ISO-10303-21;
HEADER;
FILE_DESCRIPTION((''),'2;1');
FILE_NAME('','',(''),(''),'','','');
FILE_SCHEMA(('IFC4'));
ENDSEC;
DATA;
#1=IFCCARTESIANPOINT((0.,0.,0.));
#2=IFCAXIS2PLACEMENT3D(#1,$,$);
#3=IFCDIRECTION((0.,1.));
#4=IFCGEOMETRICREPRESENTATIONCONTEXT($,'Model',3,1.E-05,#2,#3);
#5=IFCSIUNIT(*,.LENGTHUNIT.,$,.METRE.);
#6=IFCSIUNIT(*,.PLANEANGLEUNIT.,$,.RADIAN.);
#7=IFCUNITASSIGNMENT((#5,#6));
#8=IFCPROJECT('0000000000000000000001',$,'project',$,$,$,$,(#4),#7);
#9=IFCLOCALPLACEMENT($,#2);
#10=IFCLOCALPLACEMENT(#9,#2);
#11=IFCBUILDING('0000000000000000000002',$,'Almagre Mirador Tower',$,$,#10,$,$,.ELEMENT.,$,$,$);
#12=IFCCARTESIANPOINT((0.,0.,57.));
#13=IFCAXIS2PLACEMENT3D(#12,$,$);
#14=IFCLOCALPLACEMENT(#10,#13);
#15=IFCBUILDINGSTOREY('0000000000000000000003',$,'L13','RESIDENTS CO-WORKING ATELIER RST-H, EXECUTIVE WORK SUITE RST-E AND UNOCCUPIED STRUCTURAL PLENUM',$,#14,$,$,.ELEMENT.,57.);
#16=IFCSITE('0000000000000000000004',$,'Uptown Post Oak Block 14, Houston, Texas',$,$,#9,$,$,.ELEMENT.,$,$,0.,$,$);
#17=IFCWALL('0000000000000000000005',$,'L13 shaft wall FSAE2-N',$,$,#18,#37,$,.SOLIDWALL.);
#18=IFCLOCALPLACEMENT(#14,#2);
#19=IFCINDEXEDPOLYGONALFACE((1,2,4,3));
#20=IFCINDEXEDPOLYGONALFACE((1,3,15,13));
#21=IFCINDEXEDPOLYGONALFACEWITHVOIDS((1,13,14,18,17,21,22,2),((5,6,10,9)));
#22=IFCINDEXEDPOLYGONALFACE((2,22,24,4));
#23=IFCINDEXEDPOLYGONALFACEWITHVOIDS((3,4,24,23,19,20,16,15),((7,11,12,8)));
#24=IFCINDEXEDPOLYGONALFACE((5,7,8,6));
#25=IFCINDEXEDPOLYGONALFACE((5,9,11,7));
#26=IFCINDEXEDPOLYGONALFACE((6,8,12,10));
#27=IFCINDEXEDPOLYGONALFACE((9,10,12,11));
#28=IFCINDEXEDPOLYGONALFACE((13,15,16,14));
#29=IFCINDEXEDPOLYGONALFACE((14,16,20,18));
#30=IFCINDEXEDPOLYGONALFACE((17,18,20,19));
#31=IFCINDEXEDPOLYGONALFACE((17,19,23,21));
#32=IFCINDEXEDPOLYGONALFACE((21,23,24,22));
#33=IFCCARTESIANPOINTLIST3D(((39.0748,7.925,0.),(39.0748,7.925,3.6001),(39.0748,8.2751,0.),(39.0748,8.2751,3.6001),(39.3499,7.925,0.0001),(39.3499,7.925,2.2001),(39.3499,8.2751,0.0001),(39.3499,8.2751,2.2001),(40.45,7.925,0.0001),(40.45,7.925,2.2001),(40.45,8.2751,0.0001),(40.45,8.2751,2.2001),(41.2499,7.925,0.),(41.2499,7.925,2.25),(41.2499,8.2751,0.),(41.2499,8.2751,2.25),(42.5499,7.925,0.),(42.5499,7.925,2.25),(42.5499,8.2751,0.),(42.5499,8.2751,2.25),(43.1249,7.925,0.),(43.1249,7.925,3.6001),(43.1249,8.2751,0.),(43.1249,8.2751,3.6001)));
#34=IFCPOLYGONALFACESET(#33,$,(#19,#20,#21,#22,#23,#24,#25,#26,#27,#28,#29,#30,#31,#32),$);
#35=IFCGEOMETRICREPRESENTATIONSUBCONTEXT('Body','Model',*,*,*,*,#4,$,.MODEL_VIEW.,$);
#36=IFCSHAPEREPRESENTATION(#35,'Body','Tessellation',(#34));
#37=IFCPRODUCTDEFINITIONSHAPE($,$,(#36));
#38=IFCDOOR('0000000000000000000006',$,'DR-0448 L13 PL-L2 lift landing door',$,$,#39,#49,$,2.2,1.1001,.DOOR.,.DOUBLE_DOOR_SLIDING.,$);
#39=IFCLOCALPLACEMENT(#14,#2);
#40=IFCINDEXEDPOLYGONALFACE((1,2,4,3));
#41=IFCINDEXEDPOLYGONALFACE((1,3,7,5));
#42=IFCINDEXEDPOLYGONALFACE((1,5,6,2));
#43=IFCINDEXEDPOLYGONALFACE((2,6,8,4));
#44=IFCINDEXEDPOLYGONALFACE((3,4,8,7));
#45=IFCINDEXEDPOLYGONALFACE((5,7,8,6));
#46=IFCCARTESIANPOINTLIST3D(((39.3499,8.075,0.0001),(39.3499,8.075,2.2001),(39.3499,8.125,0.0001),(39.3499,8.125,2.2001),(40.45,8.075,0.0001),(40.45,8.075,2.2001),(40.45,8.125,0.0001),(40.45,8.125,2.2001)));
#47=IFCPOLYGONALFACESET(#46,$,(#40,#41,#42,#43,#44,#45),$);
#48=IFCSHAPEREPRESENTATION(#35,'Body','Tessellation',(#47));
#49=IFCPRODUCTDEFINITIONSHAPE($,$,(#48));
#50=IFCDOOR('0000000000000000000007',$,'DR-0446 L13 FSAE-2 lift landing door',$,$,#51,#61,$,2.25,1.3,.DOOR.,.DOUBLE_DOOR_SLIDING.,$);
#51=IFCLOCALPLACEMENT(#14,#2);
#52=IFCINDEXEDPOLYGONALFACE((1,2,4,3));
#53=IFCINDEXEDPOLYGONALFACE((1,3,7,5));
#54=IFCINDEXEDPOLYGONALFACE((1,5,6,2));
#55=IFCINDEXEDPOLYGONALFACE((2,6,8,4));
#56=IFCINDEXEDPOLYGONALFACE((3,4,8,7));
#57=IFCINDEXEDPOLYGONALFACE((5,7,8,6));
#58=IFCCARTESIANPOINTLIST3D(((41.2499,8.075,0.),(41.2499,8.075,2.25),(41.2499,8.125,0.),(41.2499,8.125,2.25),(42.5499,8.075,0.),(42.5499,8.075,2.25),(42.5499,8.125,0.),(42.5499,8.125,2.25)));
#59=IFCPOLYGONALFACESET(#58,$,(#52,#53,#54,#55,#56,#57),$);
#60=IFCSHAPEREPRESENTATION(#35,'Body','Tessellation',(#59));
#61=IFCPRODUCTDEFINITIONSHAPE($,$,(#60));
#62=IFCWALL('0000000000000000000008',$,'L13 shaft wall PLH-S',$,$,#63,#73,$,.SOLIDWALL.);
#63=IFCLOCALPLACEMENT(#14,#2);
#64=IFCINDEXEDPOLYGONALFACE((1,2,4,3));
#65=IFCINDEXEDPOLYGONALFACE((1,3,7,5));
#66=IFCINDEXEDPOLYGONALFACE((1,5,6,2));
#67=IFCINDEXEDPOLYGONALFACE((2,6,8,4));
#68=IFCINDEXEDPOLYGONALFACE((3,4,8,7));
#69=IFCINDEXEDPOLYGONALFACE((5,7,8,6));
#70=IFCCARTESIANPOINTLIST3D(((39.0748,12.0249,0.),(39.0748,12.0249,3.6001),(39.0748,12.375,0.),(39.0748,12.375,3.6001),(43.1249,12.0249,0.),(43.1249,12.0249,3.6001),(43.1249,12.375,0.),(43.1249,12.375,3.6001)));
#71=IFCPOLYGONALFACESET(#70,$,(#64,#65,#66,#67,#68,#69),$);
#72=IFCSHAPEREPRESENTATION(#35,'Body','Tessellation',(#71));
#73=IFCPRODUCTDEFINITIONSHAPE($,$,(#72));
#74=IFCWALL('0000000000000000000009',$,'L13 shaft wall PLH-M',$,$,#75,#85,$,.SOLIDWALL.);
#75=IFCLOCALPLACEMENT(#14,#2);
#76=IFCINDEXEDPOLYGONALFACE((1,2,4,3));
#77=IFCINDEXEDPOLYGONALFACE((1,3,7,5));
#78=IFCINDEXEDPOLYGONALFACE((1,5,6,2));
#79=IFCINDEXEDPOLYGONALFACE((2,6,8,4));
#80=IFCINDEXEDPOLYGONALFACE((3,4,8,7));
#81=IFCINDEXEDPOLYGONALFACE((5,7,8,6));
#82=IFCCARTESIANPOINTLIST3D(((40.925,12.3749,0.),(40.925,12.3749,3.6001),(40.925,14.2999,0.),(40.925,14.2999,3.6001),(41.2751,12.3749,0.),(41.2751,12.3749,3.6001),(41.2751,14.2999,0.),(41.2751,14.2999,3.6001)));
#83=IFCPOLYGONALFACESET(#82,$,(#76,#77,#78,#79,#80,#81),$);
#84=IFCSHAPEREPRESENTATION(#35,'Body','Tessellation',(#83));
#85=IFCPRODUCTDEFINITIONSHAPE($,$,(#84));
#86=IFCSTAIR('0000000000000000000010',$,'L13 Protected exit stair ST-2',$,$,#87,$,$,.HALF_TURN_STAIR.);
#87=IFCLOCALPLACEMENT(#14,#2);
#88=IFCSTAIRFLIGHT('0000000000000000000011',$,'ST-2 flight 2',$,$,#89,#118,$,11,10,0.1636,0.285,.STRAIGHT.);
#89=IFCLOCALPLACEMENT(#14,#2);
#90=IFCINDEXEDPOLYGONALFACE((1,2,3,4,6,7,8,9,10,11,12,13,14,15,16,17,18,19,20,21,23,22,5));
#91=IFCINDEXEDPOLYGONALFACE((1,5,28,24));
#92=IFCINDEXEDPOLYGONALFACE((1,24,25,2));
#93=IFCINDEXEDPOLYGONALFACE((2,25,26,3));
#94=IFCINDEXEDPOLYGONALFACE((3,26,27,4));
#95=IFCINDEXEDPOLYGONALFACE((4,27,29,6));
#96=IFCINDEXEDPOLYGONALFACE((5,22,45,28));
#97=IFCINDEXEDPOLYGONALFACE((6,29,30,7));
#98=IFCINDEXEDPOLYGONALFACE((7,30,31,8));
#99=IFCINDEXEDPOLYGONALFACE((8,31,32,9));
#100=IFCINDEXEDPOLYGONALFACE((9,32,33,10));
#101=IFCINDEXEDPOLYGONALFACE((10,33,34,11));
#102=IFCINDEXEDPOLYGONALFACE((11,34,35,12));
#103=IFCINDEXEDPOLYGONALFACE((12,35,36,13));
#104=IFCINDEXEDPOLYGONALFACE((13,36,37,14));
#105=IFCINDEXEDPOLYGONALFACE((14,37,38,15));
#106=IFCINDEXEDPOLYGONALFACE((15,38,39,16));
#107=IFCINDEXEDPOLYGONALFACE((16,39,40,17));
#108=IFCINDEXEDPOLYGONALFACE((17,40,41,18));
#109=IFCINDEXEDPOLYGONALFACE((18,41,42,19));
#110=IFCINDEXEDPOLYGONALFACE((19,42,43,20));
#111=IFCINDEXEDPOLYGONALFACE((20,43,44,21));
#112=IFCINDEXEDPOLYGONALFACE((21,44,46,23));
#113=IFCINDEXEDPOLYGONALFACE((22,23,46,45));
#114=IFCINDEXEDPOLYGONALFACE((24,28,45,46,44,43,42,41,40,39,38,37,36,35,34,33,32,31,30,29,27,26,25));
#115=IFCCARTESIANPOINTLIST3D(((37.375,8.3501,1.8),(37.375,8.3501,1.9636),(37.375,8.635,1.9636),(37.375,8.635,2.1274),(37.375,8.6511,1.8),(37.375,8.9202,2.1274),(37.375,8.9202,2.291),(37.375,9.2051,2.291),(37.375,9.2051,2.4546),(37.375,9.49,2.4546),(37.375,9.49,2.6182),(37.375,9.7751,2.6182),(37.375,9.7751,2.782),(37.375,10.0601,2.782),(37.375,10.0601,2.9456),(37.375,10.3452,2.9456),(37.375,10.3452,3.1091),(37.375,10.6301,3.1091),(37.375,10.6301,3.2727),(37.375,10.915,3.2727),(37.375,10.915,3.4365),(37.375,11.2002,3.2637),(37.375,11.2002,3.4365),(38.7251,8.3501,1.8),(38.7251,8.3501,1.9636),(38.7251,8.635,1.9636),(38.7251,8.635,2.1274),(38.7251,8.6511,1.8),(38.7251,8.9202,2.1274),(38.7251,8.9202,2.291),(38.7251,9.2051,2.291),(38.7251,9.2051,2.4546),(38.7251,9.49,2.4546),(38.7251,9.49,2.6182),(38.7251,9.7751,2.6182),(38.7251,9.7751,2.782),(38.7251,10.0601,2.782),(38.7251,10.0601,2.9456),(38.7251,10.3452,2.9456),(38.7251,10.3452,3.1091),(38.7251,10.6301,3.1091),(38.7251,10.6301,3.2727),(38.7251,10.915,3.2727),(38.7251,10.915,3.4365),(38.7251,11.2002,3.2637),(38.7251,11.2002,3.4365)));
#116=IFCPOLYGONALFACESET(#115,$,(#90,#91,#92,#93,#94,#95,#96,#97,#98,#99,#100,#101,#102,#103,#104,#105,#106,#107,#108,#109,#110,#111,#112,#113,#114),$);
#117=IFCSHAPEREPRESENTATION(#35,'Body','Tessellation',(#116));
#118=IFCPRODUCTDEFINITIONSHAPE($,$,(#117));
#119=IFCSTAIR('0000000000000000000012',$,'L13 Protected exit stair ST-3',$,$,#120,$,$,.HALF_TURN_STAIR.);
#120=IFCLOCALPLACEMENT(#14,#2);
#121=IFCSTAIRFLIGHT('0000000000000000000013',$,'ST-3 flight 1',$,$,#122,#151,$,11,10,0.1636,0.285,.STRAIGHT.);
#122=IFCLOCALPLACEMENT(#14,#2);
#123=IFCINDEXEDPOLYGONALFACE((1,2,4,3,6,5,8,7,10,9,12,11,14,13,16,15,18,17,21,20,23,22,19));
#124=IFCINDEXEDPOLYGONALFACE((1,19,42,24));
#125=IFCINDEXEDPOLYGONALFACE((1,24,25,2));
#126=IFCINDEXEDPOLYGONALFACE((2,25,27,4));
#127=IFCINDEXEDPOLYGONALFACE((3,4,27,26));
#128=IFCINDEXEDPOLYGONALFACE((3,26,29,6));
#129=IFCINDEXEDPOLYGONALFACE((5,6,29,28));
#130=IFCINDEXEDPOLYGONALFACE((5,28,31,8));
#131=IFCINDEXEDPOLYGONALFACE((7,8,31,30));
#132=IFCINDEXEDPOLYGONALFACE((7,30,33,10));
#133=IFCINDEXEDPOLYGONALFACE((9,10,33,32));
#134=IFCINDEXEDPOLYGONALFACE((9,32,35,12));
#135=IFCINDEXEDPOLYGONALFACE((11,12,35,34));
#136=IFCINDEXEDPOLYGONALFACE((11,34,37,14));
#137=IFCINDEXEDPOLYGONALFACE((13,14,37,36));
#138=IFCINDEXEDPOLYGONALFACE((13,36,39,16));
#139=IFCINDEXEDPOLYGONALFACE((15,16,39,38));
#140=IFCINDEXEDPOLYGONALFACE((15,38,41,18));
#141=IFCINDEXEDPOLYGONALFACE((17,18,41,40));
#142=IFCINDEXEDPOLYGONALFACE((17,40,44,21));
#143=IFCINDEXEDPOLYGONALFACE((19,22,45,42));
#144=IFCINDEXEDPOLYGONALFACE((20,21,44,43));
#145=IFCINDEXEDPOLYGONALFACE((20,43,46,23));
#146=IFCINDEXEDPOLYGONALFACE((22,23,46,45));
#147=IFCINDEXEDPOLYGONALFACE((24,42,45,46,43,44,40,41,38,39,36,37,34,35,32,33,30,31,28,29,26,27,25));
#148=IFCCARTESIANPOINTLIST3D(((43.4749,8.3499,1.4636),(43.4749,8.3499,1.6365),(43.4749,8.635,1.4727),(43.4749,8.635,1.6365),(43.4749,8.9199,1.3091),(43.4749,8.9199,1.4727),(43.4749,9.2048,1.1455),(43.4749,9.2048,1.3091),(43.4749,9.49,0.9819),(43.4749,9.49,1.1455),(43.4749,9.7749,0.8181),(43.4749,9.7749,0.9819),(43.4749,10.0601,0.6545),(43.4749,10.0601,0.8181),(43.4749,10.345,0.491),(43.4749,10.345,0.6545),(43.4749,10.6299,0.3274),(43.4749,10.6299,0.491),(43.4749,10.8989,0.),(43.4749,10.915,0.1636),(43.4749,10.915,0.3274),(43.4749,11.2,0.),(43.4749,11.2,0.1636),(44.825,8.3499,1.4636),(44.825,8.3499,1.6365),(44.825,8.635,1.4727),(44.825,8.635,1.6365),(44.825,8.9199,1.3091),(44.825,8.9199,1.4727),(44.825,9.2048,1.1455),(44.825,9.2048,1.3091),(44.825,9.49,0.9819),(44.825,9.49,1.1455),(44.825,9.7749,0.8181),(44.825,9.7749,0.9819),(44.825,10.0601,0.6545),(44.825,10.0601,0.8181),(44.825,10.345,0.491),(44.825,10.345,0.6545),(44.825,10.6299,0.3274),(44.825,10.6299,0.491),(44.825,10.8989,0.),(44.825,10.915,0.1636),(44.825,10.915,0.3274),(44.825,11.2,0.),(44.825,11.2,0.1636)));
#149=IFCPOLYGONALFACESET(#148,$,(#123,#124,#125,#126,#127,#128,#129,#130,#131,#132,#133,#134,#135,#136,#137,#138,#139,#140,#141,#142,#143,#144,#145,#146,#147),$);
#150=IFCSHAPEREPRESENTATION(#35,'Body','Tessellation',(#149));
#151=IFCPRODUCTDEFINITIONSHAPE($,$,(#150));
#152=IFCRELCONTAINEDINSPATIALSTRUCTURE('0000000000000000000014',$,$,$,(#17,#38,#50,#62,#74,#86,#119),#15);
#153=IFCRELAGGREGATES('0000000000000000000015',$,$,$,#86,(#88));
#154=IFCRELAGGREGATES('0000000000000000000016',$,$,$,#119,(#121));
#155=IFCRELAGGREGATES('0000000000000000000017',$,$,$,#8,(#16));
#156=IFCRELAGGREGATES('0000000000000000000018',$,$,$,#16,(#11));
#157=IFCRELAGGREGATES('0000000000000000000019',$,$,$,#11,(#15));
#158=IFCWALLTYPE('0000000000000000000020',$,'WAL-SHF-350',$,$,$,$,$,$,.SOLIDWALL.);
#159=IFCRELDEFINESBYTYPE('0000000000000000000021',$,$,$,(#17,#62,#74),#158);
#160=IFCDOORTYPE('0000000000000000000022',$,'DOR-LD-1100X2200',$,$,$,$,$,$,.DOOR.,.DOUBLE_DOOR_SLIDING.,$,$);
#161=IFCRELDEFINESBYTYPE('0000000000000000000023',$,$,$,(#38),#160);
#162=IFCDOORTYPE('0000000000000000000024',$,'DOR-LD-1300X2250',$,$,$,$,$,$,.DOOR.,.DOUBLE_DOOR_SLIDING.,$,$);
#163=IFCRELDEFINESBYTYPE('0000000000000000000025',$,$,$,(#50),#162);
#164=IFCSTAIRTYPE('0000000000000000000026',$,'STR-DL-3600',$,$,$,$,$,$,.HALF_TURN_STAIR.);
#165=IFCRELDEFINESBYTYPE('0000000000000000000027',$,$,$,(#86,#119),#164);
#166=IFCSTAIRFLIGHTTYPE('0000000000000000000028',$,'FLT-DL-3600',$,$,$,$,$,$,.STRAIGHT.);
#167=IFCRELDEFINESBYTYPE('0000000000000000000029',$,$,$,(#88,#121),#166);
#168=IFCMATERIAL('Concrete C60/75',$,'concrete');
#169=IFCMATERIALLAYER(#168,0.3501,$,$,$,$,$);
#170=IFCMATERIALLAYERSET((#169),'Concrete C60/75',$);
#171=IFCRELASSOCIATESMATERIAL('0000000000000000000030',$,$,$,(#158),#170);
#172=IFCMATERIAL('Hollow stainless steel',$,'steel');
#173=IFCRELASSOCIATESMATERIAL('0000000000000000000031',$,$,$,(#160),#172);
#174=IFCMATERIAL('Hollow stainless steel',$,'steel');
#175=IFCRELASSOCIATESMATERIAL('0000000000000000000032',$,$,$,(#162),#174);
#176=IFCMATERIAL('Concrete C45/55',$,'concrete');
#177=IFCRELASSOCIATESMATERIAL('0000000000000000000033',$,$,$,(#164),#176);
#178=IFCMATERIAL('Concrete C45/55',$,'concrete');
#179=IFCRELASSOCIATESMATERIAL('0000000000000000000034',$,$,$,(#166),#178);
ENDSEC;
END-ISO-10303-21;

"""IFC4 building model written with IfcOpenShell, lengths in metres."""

from ifc_helpers import new_model, si_unit, direction, frame, frame_2d, origin, place, context, subcontext, project, spatial, polyline, rectangle, outline, extrude, material, layer, layer_set, type_object, element, fill, aggregate, save


model = new_model("IFC4")

# Units and contexts
model_context = context("Model", 3, precision=1e-05, world=origin(), true_north=direction((0.0, 1.0)))
body_context = subcontext(model_context, "Body", "Model", "MODEL_VIEW")
ifc_project = project(units=[si_unit("LENGTHUNIT", "METRE"), si_unit("PLANEANGLEUNIT", "RADIAN")], contexts=[model_context])

# Site, building, storey
site_placement = place(None, origin())
site = spatial("IfcSite", under=ifc_project, at=site_placement, Name="Uptown Post Oak Block 14, Houston, Texas", CompositionType="ELEMENT", RefElevation=0.0)
building_placement = place(site_placement, origin())
building = spatial("IfcBuilding", under=site, at=building_placement, Name="Almagre Mirador Tower", CompositionType="ELEMENT")
storey_placement = place(building_placement, frame((0.0, 0.0, 57.0)))
storey = spatial("IfcBuildingStorey", under=building, at=storey_placement, Name="L13", Description="RESIDENTS CO-WORKING ATELIER RST-H, EXECUTIVE WORK SUITE RST-E AND UNOCCUPIED STRUCTURAL PLENUM", CompositionType="ELEMENT", Elevation=57.0)

# Wall, openings, doors
ifc_material_1 = material(Name="Concrete C60/75", Category="concrete")
ifc_layer = layer(ifc_material_1, 0.3501)
ifc_layer_set = layer_set([ifc_layer], Name="Concrete C60/75")
wall_type = type_object("IfcWallType", Name="WAL-SHF-350", PredefinedType="SOLIDWALL", material=ifc_layer_set)
wall_1_placement = place(storey_placement, frame((39.075, 8.1001, 0.0), z_axis=(0.0, 0.0, 1.0), x_axis=(1.0, 0.0, 0.0)))
wall_1 = element("IfcWall", 1, at=wall_1_placement, inside=storey, type_object=wall_type, Name="L13 shaft wall FSAE2-N", PredefinedType="SOLIDWALL", context=body_context, shape_type="SweptSolid", body=[
    extrude(rectangle(XDim=4.05, YDim=0.3501, at=frame_2d((2.0249, 0.0))), origin(), (0.0, 0.0, 1.0), 3.6001),
])
opening_1_placement = place(wall_1_placement, frame((2.175, 0.0, 0.0)))
opening_1 = element("IfcOpeningElement", 2, at=opening_1_placement, cuts=wall_1, PredefinedType="OPENING", context=body_context, shape_type="SweptSolid", body=[
    extrude(rectangle(XDim=1.3, YDim=2.25, at=frame_2d((0.6499, 1.125))), frame((0.0, 0.185, 0.0), z_axis=(0.0, -1.0, 0.0), x_axis=(1.0, 0.0, 0.0)), (0.0, 0.0, 1.0), 0.3701),
])
opening_2_placement = place(wall_1_placement, frame((0.2749, 0.0, 0.0)))
opening_2 = element("IfcOpeningElement", 3, at=opening_2_placement, cuts=wall_1, PredefinedType="OPENING", context=body_context, shape_type="SweptSolid", body=[
    extrude(rectangle(XDim=1.1001, YDim=2.2, at=frame_2d((0.55, 1.1001))), frame((0.0, 0.185, 0.0), z_axis=(0.0, -1.0, 0.0), x_axis=(1.0, 0.0, 0.0)), (0.0, 0.0, 1.0), 0.3701),
])
ifc_material_2 = material(Name="Hollow stainless steel", Category="steel")
door_type_1 = type_object("IfcDoorType", Name="DOR-LD-1100X2200", OperationType="DOUBLE_DOOR_SLIDING", PredefinedType="DOOR", material=ifc_material_2)
door_1_placement = place(opening_2_placement, origin())
door_1 = element("IfcDoor", 4, at=door_1_placement, inside=storey, type_object=door_type_1, Name="DR-0448 L13 PL-L2 lift landing door", OperationType="DOUBLE_DOOR_SLIDING", OverallHeight=2.2, OverallWidth=1.1001, PredefinedType="DOOR", context=body_context, shape_type="SweptSolid", body=[
    extrude(rectangle(XDim=1.1001, YDim=2.2, at=frame_2d((0.55, 1.1001))), frame((0.0, 0.0249, 0.0), z_axis=(0.0, -1.0, 0.0), x_axis=(1.0, 0.0, 0.0)), (0.0, 0.0, 1.0), 0.05),
])
fill(opening_2, door_1)
ifc_material_3 = material(Name="Hollow stainless steel", Category="steel")
door_type_2 = type_object("IfcDoorType", Name="DOR-LD-1300X2250", OperationType="DOUBLE_DOOR_SLIDING", PredefinedType="DOOR", material=ifc_material_3)
door_2_placement = place(opening_1_placement, origin())
door_2 = element("IfcDoor", 5, at=door_2_placement, inside=storey, type_object=door_type_2, Name="DR-0446 L13 FSAE-2 lift landing door", OperationType="DOUBLE_DOOR_SLIDING", OverallHeight=2.25, OverallWidth=1.3, PredefinedType="DOOR", context=body_context, shape_type="SweptSolid", body=[
    extrude(rectangle(XDim=1.3, YDim=2.25, at=frame_2d((0.6499, 1.125))), frame((0.0, 0.0249, 0.0), z_axis=(0.0, -1.0, 0.0), x_axis=(1.0, 0.0, 0.0)), (0.0, 0.0, 1.0), 0.05),
])
fill(opening_1, door_2)

# Walls
wall_2_placement = place(storey_placement, frame((39.075, 12.2, 0.0), z_axis=(0.0, 0.0, 1.0), x_axis=(1.0, 0.0, 0.0)))
element("IfcWall", 6, at=wall_2_placement, inside=storey, type_object=wall_type, Name="L13 shaft wall PLH-S", PredefinedType="SOLIDWALL", context=body_context, shape_type="SweptSolid", body=[
    extrude(rectangle(XDim=4.05, YDim=0.3501, at=frame_2d((2.0249, 0.0))), origin(), (0.0, 0.0, 1.0), 3.6001),
])
wall_3_placement = place(storey_placement, frame((41.1001, 12.375, 0.0), z_axis=(0.0, 0.0, 1.0), x_axis=(0.0, 1.0, 0.0)))
element("IfcWall", 7, at=wall_3_placement, inside=storey, type_object=wall_type, Name="L13 shaft wall PLH-M", PredefinedType="SOLIDWALL", context=body_context, shape_type="SweptSolid", body=[
    extrude(rectangle(XDim=1.925, YDim=0.3501, at=frame_2d((0.9624, 0.0))), origin(), (0.0, 0.0, 1.0), 3.6001),
])

# Stair, stair flight
ifc_material_4 = material(Name="Concrete C45/55", Category="concrete")
stair_type = type_object("IfcStairType", Name="STR-DL-3600", PredefinedType="HALF_TURN_STAIR", material=ifc_material_4)
stair_1_placement = place(storey_placement, origin())
stair_1 = element("IfcStair", 8, at=stair_1_placement, inside=storey, type_object=stair_type, Name="L13 Protected exit stair ST-2", PredefinedType="HALF_TURN_STAIR")
ifc_material_5 = material(Name="Concrete C45/55", Category="concrete")
stair_flight_type = type_object("IfcStairFlightType", Name="FLT-DL-3600", PredefinedType="STRAIGHT", material=ifc_material_5)
stair_flight_1_placement = place(storey_placement, frame((38.05, 8.3501, 1.8), z_axis=(0.0, 0.0, 1.0), x_axis=(0.0, 1.0, 0.0)))
stair_flight_1 = element("IfcStairFlight", 9, at=stair_flight_1_placement, type_object=stair_flight_type, Name="ST-2 flight 2", NumberOfRisers=11, NumberOfTreads=10, PredefinedType="STRAIGHT", RiserHeight=0.1636, TreadLength=0.285, context=body_context, shape_type="SweptSolid", body=[
    extrude(outline(polyline([(0.0, 0.0), (0.0, 0.1636), (0.2849, 0.1636), (0.2849, 0.3274), (0.5701, 0.3274), (0.5701, 0.491), (0.855, 0.491), (0.855, 0.6545), (1.1399, 0.6545), (1.1399, 0.8181), (1.425, 0.8181), (1.425, 0.9819), (1.71, 0.9819), (1.71, 1.1455), (1.9951, 1.1455), (1.9951, 1.3091), (2.28, 1.3091), (2.28, 1.4727), (2.5649, 1.4727), (2.5649, 1.6365), (2.8501, 1.6365), (2.8501, 1.8), (2.8501, 1.4636), (0.301, 0.0), (0.0, 0.0)])), frame((0.0, 0.675, 0.0), z_axis=(0.0, -1.0, 0.0), x_axis=(1.0, 0.0, 0.0)), (0.0, 0.0, 1.0), 1.3501),
])
aggregate(stair_1, [stair_flight_1])

# Stair, stair flight
stair_2_placement = place(storey_placement, origin())
stair_2 = element("IfcStair", 10, at=stair_2_placement, inside=storey, type_object=stair_type, Name="L13 Protected exit stair ST-3", PredefinedType="HALF_TURN_STAIR")
stair_flight_2_placement = place(storey_placement, frame((44.1499, 11.2, 0.0), z_axis=(0.0, 0.0, 1.0), x_axis=(0.0, -1.0, 0.0)))
stair_flight_2 = element("IfcStairFlight", 11, at=stair_flight_2_placement, type_object=stair_flight_type, Name="ST-3 flight 1", NumberOfRisers=11, NumberOfTreads=10, PredefinedType="STRAIGHT", RiserHeight=0.1636, TreadLength=0.285, context=body_context, shape_type="SweptSolid", body=[
    extrude(outline(polyline([(0.0, 0.0), (0.0, 0.1636), (0.2849, 0.1636), (0.2849, 0.3274), (0.5701, 0.3274), (0.5701, 0.491), (0.855, 0.491), (0.855, 0.6545), (1.1399, 0.6545), (1.1399, 0.8181), (1.425, 0.8181), (1.425, 0.9819), (1.71, 0.9819), (1.71, 1.1455), (1.9951, 1.1455), (1.9951, 1.3091), (2.28, 1.3091), (2.28, 1.4727), (2.5649, 1.4727), (2.5649, 1.6365), (2.8501, 1.6365), (2.8501, 1.8), (2.8501, 1.4636), (0.301, 0.0), (0.0, 0.0)])), frame((0.0, 0.675, 0.0), z_axis=(0.0, -1.0, 0.0), x_axis=(1.0, 0.0, 0.0)), (0.0, 0.0, 1.0), 1.3501),
])
aggregate(stair_2, [stair_flight_2])

save(model, "model.ifc")
